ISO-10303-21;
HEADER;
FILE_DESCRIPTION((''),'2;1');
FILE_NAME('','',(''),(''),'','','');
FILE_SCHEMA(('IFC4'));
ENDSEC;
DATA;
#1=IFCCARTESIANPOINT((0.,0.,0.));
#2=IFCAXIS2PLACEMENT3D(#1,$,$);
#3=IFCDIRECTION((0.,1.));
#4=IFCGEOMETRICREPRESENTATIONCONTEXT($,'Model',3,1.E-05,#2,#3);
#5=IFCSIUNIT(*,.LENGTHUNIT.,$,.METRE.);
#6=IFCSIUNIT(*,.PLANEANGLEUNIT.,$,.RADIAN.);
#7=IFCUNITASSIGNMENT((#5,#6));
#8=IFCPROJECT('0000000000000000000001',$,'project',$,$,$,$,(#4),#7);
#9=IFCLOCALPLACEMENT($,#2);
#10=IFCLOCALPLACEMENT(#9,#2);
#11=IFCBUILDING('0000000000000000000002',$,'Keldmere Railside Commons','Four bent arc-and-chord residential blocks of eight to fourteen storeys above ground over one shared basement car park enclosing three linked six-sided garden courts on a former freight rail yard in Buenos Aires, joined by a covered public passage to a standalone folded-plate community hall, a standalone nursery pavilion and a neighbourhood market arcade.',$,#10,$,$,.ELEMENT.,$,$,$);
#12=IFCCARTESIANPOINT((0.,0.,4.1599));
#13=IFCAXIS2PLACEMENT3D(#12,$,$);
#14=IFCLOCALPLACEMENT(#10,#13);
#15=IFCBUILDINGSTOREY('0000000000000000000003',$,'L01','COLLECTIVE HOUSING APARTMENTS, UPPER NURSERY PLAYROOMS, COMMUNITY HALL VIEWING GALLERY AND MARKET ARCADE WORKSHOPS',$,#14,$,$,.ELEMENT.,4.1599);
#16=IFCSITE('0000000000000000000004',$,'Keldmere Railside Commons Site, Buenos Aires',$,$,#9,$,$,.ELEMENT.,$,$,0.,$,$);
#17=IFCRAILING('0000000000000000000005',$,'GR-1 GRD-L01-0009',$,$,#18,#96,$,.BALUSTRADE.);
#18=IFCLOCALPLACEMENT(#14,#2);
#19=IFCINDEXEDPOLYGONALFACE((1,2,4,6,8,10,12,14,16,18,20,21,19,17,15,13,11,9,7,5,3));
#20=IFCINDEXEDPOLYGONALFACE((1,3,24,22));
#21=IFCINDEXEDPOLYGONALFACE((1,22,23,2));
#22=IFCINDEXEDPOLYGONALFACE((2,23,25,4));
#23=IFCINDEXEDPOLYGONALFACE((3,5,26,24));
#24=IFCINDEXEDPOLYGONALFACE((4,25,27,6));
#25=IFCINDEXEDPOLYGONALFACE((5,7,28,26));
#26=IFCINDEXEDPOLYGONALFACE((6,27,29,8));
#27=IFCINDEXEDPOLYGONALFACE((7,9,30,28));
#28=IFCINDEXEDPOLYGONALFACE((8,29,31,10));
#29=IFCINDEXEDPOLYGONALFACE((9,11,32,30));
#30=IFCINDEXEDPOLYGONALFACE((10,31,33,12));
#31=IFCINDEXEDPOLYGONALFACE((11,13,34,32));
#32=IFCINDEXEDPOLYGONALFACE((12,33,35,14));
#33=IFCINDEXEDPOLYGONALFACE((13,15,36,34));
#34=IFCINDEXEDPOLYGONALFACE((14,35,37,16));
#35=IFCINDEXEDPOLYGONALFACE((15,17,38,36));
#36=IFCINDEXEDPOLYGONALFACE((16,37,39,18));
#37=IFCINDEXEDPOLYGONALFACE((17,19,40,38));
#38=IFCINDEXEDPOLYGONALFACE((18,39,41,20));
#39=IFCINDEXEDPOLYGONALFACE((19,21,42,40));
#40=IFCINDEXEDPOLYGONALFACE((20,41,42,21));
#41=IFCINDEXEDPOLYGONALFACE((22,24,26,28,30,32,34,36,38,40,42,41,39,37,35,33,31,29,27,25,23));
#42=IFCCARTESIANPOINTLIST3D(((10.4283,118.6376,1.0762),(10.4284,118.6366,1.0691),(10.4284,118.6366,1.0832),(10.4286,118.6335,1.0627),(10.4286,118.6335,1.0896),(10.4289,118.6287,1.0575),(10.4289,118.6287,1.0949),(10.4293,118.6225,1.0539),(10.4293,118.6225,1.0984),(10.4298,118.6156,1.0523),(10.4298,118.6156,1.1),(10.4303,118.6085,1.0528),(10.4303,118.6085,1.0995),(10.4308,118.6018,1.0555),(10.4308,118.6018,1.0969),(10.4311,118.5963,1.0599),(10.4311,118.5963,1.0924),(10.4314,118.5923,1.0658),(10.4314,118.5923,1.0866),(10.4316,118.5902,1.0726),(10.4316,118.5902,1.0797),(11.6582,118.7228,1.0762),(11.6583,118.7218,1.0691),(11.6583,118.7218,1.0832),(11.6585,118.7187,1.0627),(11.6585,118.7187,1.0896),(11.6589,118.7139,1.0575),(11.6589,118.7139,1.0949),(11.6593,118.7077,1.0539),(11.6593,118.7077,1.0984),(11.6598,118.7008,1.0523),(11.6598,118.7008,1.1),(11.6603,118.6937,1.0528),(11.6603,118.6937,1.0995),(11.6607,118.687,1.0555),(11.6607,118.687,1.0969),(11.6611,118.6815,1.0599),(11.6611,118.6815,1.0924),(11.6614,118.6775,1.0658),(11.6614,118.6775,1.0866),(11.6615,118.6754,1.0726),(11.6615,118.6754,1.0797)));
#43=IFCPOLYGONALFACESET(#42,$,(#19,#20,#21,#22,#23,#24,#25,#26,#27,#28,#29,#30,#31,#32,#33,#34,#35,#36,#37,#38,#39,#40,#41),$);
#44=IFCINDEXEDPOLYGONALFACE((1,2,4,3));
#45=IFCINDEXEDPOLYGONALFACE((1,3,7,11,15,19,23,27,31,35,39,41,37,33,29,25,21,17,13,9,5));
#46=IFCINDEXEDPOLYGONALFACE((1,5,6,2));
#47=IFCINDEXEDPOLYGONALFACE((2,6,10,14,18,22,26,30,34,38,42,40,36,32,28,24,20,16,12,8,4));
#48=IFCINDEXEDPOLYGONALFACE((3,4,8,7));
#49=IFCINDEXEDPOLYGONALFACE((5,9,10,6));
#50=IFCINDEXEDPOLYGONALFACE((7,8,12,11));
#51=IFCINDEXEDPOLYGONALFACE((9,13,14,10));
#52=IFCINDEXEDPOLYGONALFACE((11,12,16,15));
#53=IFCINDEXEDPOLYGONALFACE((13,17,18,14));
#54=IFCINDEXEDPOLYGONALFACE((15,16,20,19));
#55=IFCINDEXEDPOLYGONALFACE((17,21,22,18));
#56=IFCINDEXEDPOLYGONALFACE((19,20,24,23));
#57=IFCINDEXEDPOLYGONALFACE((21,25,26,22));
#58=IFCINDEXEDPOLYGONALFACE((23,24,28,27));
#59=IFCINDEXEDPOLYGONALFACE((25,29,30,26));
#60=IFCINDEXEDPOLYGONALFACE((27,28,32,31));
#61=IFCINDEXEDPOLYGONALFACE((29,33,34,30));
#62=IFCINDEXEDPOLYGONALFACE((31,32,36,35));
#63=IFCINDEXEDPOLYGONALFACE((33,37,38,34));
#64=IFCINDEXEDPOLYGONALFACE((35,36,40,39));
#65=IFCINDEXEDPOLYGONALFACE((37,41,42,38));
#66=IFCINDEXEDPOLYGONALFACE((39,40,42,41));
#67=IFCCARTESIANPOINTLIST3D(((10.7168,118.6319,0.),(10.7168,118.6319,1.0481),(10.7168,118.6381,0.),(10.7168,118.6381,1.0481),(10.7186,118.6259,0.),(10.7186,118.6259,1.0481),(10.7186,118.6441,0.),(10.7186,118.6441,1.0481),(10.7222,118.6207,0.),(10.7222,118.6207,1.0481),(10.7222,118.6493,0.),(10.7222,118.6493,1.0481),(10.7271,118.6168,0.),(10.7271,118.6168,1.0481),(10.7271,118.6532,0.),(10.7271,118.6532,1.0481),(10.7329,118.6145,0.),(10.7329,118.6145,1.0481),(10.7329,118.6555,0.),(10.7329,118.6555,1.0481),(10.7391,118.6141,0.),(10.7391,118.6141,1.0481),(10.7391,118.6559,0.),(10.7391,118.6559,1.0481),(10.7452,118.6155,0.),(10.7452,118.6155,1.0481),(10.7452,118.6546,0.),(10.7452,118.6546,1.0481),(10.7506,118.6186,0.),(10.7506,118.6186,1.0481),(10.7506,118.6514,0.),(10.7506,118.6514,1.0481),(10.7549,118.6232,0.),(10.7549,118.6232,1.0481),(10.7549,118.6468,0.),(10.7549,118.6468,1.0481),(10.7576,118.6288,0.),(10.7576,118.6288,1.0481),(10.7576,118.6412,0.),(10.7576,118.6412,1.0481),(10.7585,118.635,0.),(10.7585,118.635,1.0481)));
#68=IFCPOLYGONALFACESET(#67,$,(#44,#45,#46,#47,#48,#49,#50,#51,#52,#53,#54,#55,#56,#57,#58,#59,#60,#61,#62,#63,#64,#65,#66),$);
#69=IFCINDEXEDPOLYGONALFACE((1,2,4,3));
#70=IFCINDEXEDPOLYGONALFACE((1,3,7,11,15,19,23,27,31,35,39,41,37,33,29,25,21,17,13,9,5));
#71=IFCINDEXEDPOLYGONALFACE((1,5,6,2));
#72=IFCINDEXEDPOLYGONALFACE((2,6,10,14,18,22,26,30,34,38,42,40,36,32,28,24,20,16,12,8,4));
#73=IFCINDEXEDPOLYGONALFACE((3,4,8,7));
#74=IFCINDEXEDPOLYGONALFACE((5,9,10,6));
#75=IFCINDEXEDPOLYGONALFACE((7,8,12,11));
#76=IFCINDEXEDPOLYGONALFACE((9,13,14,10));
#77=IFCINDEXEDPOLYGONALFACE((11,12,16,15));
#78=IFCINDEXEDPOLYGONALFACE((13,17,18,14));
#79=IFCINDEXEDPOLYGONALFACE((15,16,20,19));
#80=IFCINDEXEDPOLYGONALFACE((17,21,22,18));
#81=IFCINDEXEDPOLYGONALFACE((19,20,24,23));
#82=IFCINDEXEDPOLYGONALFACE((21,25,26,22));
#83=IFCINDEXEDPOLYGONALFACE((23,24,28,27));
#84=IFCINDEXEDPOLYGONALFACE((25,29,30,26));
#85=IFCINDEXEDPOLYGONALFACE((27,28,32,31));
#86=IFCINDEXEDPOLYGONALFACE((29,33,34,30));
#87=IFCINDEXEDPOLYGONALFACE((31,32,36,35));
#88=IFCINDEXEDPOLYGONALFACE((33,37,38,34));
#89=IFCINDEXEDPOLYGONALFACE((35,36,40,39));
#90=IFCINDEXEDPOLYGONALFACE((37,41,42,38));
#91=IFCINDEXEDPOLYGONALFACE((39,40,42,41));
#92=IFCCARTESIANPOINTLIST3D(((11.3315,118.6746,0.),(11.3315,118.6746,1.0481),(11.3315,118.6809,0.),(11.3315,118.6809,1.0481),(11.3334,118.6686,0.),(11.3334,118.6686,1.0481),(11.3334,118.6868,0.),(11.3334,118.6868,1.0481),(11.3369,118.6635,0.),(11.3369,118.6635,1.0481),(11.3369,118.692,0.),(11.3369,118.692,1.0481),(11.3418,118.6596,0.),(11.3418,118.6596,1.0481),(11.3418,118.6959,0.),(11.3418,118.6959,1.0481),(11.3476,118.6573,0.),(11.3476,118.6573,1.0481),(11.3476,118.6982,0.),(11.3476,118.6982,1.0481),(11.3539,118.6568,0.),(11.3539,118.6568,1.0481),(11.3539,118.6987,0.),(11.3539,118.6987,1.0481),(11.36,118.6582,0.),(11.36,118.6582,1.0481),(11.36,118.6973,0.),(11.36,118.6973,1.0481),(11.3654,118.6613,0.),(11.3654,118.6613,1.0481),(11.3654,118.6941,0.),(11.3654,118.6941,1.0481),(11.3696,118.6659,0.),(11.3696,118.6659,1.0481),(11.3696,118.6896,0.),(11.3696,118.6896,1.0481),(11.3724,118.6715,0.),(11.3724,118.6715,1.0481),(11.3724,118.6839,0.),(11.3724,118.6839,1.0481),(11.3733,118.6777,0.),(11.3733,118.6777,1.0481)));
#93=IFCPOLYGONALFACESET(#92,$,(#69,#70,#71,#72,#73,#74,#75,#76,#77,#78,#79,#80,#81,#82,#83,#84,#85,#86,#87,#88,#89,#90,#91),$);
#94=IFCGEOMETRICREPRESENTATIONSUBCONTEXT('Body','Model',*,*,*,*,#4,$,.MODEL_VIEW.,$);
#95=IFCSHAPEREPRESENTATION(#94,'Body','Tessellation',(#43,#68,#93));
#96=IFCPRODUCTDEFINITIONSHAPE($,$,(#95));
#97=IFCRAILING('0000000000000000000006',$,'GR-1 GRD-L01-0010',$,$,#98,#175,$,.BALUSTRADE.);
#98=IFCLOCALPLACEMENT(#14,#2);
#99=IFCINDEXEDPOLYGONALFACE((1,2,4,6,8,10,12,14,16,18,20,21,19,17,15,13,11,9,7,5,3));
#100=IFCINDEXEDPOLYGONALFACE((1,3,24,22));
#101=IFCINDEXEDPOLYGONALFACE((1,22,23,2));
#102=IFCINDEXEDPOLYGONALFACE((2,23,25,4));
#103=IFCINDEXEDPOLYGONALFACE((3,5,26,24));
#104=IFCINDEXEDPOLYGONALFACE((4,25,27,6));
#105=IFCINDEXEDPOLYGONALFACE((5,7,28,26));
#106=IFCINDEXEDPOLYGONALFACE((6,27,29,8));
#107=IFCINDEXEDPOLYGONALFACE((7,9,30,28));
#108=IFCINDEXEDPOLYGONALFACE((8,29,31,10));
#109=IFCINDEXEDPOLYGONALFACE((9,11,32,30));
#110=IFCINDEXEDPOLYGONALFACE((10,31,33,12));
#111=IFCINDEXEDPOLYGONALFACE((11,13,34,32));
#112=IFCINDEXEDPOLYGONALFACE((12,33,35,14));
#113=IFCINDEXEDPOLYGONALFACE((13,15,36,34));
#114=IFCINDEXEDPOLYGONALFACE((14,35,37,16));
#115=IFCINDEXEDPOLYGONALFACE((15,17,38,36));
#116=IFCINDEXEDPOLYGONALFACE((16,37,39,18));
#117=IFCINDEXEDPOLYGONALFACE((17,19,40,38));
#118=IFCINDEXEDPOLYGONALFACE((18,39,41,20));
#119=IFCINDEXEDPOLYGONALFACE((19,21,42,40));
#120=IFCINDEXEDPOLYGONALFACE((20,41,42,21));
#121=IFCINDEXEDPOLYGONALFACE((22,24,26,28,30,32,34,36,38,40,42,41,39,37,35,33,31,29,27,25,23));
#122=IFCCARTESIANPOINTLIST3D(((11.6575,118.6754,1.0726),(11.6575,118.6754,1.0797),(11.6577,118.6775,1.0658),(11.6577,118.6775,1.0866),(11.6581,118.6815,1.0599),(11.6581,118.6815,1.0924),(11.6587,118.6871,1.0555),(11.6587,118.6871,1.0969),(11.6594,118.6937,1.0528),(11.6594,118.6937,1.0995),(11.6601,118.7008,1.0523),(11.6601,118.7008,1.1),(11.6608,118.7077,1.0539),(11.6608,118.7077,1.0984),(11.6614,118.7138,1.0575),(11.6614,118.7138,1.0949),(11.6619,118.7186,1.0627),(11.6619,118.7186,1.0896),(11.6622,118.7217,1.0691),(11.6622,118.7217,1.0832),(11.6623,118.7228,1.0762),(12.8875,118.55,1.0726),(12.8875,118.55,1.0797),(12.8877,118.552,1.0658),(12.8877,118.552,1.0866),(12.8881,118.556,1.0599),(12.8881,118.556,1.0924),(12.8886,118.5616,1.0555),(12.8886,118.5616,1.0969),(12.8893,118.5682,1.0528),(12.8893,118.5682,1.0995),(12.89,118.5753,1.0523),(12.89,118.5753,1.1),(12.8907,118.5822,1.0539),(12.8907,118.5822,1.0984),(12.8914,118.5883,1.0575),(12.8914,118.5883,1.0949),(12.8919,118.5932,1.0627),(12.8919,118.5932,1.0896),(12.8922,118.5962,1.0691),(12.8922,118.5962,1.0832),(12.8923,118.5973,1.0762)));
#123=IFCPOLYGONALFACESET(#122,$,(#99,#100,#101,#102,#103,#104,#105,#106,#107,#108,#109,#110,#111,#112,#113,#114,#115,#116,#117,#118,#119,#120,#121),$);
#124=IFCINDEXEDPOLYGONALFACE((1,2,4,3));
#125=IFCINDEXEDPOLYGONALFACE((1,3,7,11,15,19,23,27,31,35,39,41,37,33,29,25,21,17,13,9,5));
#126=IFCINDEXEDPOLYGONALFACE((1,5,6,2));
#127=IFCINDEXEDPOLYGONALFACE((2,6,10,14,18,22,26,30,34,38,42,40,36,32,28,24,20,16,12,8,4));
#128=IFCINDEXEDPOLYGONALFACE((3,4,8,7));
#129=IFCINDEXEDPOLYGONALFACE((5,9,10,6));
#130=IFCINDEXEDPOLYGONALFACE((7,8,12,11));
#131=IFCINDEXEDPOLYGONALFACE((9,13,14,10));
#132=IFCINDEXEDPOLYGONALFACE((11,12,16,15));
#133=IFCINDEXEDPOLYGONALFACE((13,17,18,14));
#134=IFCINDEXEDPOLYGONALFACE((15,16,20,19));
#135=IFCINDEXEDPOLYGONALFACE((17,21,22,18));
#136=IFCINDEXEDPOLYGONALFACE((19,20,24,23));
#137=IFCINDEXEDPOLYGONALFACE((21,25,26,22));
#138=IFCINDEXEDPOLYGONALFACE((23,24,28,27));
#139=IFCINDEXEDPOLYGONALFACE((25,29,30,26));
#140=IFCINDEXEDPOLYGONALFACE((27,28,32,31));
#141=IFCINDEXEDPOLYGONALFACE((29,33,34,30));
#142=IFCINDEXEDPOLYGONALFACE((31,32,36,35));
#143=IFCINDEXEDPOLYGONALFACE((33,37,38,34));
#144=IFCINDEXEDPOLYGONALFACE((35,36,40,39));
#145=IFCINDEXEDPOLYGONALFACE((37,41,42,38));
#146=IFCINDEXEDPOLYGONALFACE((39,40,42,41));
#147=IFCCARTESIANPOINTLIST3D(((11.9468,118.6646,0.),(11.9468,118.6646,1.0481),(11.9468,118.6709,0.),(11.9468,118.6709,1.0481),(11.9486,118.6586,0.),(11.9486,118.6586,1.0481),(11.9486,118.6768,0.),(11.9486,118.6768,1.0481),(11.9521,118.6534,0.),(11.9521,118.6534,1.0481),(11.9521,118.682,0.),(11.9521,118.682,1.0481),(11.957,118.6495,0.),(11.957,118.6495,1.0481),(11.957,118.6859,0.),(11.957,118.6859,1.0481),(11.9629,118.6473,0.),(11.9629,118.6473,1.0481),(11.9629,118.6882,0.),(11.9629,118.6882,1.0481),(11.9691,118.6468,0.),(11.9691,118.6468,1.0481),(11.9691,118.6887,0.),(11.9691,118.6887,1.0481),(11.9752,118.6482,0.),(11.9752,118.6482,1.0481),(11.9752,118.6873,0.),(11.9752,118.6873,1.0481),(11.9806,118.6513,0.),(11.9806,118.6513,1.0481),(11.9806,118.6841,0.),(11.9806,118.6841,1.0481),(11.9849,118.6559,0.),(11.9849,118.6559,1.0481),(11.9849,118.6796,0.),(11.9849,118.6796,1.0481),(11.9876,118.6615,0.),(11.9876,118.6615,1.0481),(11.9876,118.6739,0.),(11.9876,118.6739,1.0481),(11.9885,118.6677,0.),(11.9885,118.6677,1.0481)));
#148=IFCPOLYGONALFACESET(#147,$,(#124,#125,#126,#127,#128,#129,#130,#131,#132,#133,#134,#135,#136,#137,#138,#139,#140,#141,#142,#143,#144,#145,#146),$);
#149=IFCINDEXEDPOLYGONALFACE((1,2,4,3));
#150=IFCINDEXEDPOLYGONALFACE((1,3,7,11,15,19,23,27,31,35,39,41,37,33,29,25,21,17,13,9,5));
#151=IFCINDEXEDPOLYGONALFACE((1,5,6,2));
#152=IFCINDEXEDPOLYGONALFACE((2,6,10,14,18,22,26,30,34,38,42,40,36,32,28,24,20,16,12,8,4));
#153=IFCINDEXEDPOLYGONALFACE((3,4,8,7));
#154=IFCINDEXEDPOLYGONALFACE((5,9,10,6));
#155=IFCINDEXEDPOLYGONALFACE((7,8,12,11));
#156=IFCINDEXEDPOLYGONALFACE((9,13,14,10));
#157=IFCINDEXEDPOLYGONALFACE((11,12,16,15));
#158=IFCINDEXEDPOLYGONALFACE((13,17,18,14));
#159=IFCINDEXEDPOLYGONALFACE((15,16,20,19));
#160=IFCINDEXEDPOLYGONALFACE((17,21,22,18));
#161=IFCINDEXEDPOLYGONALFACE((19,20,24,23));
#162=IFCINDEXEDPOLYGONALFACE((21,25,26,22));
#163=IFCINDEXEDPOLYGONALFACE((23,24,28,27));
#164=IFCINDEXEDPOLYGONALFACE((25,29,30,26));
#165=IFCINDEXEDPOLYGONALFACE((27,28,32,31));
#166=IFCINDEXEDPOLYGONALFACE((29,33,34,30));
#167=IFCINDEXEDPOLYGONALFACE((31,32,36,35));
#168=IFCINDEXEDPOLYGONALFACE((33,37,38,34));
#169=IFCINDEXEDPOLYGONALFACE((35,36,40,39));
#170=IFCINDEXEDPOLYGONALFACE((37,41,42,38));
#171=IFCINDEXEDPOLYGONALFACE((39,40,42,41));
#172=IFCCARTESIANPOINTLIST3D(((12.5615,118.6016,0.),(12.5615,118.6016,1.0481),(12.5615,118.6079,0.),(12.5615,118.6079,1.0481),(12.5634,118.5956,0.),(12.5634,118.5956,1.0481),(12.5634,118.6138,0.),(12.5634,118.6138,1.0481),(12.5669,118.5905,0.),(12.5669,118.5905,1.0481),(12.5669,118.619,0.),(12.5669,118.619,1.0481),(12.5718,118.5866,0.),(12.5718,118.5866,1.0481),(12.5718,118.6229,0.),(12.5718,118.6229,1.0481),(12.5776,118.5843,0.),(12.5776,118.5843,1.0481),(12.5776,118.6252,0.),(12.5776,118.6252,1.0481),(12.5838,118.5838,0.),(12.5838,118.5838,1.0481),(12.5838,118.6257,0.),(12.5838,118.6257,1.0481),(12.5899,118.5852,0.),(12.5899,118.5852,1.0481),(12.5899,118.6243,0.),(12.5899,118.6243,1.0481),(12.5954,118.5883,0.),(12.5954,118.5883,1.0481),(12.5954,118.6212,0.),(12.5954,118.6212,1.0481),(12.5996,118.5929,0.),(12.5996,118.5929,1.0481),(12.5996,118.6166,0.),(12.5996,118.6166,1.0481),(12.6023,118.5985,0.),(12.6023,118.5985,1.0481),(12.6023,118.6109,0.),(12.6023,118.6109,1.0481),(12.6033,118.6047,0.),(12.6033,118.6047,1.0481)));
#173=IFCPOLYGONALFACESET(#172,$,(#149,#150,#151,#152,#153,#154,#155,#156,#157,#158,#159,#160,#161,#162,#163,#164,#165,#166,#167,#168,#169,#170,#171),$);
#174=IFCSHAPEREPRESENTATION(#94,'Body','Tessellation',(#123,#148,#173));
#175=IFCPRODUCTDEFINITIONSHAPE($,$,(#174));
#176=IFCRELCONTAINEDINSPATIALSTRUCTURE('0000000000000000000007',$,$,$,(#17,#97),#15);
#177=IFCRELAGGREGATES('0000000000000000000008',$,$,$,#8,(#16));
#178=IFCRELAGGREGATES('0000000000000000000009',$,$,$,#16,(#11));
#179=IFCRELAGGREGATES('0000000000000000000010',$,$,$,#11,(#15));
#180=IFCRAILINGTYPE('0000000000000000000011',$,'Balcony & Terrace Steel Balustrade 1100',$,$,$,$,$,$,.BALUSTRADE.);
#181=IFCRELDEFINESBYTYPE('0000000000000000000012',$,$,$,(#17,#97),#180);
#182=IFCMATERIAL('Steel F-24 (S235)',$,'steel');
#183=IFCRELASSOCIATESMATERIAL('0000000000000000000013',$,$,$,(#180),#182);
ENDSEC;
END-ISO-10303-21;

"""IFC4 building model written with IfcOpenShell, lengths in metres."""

from ifc_helpers import new_model, si_unit, direction, frame, origin, origin_2d, place, context, subcontext, project, spatial, circle, extrude, material, type_object, element, save


model = new_model("IFC4")

# Units and contexts
model_context = context("Model", 3, precision=1e-05, world=origin(), true_north=direction((0.0, 1.0)))
body_context = subcontext(model_context, "Body", "Model", "MODEL_VIEW")
ifc_project = project(units=[si_unit("LENGTHUNIT", "METRE"), si_unit("PLANEANGLEUNIT", "RADIAN")], contexts=[model_context])

# Site, building, storey
site_placement = place(None, origin())
site = spatial("IfcSite", under=ifc_project, at=site_placement, Name="Keldmere Railside Commons Site, Buenos Aires", CompositionType="ELEMENT", RefElevation=0.0)
building_placement = place(site_placement, origin())
building = spatial("IfcBuilding", under=site, at=building_placement, Name="Keldmere Railside Commons", Description="Four bent arc-and-chord residential blocks of eight to fourteen storeys above ground over one shared basement car park enclosing three linked six-sided garden courts on a former freight rail yard in Buenos Aires, joined by a covered public passage to a standalone folded-plate community hall, a standalone nursery pavilion and a neighbourhood market arcade.", CompositionType="ELEMENT")
storey_placement = place(building_placement, frame((0.0, 0.0, 4.1599)))
storey = spatial("IfcBuildingStorey", under=building, at=storey_placement, Name="L01", Description="COLLECTIVE HOUSING APARTMENTS, UPPER NURSERY PLAYROOMS, COMMUNITY HALL VIEWING GALLERY AND MARKET ARCADE WORKSHOPS", CompositionType="ELEMENT", Elevation=4.1599)

# Railings
ifc_material_1 = material(Name="Steel F-24 (S235)", Category="steel")
railing_type = type_object("IfcRailingType", Name="Balcony & Terrace Steel Balustrade 1100", PredefinedType="BALUSTRADE", material=ifc_material_1)
railing_1_placement = place(storey_placement, frame((10.4299, 118.6138, 0.0)))
element("IfcRailing", 1, at=railing_1_placement, inside=storey, type_object=railing_type, Name="GR-1 GRD-L01-0009", PredefinedType="BALUSTRADE", context=body_context, shape_type="SweptSolid", body=[
    extrude(circle(Radius=0.0239, at=origin_2d()), frame((0.0, 0.0, 1.0762), z_axis=(0.997609, 0.069108, 0.0), x_axis=(-0.069108, 0.997609, 0.0)), (0.0, 0.0, 1.0), 1.2329),
    extrude(circle(Radius=0.021, at=origin_2d()), frame((0.3076, 0.0212, 0.0)), (0.0, 0.0, 1.0), 1.0481),
    extrude(circle(Radius=0.021, at=origin_2d()), frame((0.9224, 0.064, 0.0)), (0.0, 0.0, 1.0), 1.0481),
])
railing_2_placement = place(storey_placement, frame((11.6599, 118.699, 0.0)))
element("IfcRailing", 2, at=railing_2_placement, inside=storey, type_object=railing_type, Name="GR-1 GRD-L01-0010", PredefinedType="BALUSTRADE", context=body_context, shape_type="SweptSolid", body=[
    extrude(circle(Radius=0.0239, at=origin_2d()), frame((0.0, 0.0, 1.0762), z_axis=(0.994836, -0.101498, 0.0), x_axis=(0.101498, 0.994836, 0.0)), (0.0, 0.0, 1.0), 1.2363),
    extrude(circle(Radius=0.021, at=origin_2d()), frame((0.3076, -0.0312, 0.0)), (0.0, 0.0, 1.0), 1.0481),
    extrude(circle(Radius=0.021, at=origin_2d()), frame((0.9224, -0.0942, 0.0)), (0.0, 0.0, 1.0), 1.0481),
])

save(model, "model.ifc")
